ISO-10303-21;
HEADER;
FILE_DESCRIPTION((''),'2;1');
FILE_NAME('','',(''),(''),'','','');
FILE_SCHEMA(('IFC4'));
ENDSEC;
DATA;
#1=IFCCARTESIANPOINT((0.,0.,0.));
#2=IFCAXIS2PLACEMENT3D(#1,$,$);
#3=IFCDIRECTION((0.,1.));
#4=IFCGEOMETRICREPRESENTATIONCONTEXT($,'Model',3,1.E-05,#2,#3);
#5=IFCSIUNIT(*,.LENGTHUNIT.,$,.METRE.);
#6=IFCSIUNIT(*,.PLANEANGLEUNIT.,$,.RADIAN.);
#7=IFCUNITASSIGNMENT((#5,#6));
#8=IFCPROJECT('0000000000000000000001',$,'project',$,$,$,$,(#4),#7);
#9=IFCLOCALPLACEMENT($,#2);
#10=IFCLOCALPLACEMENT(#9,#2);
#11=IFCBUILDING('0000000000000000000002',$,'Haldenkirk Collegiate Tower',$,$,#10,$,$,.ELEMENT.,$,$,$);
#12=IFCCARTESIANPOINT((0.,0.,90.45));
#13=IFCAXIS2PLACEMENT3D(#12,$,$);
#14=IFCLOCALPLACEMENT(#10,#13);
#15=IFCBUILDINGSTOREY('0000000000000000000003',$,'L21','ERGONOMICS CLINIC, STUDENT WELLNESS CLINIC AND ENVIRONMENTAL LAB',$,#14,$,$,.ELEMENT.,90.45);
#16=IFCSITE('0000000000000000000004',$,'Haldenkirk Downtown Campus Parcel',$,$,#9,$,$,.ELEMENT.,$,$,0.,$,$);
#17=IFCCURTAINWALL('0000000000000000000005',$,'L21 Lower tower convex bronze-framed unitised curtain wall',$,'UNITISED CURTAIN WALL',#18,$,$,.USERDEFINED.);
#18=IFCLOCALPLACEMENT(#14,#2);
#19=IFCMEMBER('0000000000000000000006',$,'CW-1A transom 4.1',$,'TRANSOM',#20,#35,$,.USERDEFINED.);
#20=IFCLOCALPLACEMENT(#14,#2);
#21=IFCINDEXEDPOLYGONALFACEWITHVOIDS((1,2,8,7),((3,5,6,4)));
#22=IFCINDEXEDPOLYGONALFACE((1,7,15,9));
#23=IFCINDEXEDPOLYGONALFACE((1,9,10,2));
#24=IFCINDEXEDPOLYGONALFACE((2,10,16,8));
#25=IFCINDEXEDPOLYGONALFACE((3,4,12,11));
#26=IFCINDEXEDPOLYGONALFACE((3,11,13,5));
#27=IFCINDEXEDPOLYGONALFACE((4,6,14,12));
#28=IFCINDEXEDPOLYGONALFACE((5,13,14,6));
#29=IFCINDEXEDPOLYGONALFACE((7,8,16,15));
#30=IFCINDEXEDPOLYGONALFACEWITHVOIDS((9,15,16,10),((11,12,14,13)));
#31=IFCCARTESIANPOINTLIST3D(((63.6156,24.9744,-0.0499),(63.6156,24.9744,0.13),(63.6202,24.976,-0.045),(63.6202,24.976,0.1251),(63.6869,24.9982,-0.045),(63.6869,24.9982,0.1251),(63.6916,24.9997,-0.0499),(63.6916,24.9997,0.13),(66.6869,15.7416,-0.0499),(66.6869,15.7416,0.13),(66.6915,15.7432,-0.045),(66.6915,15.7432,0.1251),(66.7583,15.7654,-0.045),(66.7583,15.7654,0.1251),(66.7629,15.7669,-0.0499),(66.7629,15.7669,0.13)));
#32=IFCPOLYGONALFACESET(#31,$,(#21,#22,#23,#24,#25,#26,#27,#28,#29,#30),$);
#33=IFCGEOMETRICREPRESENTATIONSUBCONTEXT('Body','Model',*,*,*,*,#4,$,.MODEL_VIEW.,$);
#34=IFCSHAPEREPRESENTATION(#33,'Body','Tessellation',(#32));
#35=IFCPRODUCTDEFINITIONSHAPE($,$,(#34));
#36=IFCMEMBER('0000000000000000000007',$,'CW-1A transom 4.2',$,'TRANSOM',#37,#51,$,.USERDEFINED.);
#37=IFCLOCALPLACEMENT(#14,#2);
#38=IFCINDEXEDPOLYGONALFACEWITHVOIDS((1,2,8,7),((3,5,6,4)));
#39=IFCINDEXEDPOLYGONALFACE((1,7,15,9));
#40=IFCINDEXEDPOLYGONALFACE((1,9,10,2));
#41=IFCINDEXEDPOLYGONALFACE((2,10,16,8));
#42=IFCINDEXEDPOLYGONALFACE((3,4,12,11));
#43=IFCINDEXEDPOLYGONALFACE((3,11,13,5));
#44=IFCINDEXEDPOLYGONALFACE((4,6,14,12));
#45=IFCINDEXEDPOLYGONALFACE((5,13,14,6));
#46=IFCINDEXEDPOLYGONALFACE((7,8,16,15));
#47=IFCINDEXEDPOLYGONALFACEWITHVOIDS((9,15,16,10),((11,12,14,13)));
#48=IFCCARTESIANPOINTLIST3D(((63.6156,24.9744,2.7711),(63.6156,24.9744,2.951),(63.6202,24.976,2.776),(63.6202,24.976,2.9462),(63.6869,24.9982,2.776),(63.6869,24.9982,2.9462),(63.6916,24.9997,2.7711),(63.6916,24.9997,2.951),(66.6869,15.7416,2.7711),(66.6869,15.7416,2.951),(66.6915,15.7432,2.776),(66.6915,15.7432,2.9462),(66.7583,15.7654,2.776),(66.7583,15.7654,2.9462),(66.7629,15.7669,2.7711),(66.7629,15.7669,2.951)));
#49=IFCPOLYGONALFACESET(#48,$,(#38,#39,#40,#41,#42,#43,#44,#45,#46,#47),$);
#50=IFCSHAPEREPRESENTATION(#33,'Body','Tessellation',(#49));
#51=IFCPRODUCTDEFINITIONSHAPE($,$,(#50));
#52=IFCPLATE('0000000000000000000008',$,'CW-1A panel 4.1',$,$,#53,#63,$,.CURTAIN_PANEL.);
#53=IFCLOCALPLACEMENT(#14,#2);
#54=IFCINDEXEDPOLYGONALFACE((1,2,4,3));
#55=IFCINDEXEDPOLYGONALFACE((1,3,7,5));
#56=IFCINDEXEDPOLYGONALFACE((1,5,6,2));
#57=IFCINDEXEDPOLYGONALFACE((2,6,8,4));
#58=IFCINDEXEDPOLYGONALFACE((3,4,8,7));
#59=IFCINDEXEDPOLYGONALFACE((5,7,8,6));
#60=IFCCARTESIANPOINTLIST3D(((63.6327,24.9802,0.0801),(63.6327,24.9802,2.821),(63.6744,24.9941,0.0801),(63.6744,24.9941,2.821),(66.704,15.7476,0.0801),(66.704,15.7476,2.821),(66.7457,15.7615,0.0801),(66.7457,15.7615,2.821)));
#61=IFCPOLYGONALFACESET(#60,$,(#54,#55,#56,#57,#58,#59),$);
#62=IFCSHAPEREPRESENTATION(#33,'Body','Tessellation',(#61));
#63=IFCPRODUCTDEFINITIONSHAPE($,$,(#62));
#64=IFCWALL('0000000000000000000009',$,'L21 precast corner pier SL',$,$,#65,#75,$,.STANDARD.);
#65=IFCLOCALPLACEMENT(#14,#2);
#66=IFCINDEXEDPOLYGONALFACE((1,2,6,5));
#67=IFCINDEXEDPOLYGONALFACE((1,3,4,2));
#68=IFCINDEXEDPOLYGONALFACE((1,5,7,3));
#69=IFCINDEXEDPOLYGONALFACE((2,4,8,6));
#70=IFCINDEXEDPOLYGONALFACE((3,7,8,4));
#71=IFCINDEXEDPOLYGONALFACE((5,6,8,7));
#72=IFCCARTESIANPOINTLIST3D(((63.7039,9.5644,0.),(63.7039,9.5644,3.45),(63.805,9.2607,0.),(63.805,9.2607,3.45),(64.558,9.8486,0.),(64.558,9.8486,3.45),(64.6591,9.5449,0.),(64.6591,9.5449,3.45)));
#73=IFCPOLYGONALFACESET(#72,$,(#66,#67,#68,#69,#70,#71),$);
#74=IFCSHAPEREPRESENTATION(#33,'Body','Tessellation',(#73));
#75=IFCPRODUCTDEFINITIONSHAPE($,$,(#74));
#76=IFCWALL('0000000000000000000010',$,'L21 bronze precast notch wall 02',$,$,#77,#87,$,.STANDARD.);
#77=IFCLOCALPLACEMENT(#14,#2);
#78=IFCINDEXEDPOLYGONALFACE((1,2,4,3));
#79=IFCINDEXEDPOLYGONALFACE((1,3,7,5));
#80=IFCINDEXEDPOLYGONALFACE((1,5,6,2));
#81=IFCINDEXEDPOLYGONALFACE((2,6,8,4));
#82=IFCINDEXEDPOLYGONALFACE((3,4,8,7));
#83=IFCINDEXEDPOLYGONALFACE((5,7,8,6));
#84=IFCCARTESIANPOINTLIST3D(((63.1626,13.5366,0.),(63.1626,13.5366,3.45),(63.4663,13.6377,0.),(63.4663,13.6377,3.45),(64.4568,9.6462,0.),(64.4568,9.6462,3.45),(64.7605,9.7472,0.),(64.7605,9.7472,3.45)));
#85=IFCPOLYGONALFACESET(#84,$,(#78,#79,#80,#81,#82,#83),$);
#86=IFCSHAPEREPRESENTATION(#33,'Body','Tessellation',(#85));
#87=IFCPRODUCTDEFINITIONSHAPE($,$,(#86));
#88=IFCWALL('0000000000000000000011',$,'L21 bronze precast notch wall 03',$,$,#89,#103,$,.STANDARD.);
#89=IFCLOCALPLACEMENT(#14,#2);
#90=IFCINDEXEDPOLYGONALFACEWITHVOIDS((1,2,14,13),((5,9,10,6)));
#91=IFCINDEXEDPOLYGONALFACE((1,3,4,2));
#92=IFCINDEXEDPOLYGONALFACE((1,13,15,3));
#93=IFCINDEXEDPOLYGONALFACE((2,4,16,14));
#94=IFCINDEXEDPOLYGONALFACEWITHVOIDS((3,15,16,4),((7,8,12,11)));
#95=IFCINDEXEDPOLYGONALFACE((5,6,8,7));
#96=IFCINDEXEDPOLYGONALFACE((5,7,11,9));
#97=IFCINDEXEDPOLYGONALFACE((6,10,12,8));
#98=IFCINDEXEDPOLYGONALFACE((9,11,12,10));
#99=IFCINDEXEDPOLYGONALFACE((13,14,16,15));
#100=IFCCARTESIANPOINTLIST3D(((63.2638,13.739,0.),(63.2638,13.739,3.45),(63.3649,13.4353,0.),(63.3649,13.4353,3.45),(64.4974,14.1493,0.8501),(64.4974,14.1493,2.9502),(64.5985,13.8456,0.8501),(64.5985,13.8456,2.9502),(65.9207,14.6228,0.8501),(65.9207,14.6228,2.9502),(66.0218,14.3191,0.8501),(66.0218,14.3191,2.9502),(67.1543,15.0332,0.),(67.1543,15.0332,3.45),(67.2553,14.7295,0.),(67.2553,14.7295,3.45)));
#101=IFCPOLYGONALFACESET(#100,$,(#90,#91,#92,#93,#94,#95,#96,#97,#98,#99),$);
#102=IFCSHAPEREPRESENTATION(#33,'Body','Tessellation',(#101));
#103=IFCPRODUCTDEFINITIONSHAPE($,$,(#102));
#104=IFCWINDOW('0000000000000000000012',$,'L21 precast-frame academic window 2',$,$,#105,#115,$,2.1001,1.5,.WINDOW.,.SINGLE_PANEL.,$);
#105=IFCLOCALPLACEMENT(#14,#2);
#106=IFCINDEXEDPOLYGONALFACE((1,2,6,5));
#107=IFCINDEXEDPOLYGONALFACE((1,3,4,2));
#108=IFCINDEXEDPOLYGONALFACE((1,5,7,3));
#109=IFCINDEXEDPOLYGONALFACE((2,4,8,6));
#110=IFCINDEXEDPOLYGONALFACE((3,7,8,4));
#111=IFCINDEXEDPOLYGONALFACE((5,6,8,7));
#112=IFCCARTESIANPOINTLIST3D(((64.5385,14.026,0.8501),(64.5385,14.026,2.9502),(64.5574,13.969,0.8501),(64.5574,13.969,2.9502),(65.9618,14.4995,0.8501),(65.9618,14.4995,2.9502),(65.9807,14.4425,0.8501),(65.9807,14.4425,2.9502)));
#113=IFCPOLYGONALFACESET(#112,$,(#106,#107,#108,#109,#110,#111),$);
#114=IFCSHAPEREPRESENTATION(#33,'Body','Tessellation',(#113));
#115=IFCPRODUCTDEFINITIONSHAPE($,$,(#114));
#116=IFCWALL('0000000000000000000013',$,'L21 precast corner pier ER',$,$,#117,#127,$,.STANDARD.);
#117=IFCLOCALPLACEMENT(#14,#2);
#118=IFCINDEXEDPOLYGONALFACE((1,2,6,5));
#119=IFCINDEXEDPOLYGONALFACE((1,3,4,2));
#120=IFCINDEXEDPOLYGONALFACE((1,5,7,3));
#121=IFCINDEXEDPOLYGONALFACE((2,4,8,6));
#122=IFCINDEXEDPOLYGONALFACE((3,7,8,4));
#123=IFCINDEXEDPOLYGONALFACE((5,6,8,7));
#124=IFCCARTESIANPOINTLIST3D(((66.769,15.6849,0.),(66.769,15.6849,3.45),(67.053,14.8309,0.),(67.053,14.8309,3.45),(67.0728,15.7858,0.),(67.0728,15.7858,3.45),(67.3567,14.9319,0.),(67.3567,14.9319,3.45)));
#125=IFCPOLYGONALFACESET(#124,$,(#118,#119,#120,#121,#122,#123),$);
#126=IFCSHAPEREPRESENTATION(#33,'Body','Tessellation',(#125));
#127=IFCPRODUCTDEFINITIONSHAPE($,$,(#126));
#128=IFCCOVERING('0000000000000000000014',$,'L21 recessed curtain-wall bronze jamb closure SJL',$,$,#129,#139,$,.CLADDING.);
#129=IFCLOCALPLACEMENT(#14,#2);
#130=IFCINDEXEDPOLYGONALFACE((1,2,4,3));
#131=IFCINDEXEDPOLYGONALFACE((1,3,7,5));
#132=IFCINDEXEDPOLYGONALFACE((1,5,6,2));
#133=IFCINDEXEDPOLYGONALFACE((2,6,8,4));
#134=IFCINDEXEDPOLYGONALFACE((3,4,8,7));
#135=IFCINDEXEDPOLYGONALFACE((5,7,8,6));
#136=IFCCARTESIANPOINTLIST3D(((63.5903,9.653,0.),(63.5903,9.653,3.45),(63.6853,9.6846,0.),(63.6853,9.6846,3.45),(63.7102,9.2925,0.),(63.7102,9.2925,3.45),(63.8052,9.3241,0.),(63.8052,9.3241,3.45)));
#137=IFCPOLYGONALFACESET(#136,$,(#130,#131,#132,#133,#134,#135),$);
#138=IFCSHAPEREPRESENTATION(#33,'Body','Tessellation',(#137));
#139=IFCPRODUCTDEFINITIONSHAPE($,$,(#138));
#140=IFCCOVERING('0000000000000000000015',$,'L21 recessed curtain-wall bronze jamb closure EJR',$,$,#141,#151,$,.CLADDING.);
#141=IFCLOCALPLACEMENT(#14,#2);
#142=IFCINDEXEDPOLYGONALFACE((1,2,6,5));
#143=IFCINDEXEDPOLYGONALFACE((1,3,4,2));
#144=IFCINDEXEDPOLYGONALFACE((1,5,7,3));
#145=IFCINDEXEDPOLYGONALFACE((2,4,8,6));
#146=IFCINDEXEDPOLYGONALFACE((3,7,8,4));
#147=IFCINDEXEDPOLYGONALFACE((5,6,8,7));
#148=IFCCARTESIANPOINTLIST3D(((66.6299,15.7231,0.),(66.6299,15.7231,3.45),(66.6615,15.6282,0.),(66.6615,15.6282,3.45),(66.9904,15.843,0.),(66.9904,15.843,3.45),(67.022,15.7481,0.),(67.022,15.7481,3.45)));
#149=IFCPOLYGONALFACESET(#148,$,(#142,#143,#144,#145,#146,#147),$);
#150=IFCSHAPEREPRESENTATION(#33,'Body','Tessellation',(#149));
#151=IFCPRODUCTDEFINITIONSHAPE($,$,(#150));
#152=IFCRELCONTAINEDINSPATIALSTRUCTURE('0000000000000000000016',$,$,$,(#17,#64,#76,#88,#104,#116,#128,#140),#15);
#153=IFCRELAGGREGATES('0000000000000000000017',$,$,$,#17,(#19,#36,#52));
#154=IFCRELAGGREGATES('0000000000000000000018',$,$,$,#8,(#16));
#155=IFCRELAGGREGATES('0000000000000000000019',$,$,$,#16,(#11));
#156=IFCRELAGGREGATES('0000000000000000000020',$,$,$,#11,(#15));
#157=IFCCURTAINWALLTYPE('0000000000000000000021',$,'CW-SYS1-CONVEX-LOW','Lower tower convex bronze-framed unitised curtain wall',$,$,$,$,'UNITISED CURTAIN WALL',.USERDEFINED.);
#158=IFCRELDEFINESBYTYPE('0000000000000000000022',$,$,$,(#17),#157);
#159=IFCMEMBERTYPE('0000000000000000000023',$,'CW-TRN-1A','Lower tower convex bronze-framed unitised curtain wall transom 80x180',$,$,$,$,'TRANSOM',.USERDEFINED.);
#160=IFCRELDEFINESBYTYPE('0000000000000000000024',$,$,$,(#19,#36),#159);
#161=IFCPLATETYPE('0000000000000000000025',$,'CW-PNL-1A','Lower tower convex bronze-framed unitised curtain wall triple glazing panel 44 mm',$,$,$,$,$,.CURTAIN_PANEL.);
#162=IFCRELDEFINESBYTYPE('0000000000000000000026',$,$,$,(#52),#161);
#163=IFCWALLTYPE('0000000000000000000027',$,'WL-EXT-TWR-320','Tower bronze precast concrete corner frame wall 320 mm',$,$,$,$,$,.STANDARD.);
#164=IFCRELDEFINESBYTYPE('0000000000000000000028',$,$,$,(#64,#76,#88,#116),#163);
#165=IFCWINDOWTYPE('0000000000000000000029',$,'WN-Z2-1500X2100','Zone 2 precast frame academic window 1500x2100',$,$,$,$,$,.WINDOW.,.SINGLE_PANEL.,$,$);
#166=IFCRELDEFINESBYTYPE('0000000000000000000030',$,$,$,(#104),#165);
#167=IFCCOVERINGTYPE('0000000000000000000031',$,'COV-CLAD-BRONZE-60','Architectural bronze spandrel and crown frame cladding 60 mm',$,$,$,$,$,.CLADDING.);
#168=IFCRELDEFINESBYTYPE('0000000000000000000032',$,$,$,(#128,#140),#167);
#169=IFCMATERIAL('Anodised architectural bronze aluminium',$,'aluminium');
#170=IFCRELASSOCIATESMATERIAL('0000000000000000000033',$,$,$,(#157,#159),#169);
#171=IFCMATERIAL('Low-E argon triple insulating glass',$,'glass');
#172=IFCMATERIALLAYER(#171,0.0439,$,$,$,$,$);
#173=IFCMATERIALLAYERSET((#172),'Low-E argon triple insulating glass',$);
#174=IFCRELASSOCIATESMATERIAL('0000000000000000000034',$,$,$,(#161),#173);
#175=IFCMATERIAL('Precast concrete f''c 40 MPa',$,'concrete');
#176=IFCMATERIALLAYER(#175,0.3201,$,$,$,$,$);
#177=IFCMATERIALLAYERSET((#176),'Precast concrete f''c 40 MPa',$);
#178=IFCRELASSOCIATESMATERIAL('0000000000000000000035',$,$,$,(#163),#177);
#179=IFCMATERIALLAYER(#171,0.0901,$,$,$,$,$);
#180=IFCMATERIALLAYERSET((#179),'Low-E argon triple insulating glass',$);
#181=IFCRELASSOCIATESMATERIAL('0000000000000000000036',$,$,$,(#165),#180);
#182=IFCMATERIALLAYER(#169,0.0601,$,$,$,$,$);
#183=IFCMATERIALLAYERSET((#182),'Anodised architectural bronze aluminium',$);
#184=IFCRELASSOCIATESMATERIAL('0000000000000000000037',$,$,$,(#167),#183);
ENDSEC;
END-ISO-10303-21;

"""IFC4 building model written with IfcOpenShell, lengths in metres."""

from ifc_helpers import new_model, si_unit, direction, frame, frame_2d, origin, origin_2d, place, context, subcontext, project, spatial, rectangle, hollow_rectangle, extrude, source, transform, mapped, material, layer, layer_set, material_profile, profile_set, type_object, element, fill, aggregate, save


model = new_model("IFC4")

# Units and contexts
model_context = context("Model", 3, precision=1e-05, world=origin(), true_north=direction((0.0, 1.0)))
body_context = subcontext(model_context, "Body", "Model", "MODEL_VIEW")
ifc_project = project(units=[si_unit("LENGTHUNIT", "METRE"), si_unit("PLANEANGLEUNIT", "RADIAN")], contexts=[model_context])

# Site, building, storey
site_placement = place(None, origin())
site = spatial("IfcSite", under=ifc_project, at=site_placement, Name="Haldenkirk Downtown Campus Parcel", CompositionType="ELEMENT", RefElevation=0.0)
building_placement = place(site_placement, origin())
building = spatial("IfcBuilding", under=site, at=building_placement, Name="Haldenkirk Collegiate Tower", CompositionType="ELEMENT")
storey_placement = place(building_placement, frame((0.0, 0.0, 90.45)))
storey = spatial("IfcBuildingStorey", under=building, at=storey_placement, Name="L21", Description="ERGONOMICS CLINIC, STUDENT WELLNESS CLINIC AND ENVIRONMENTAL LAB", CompositionType="ELEMENT", Elevation=90.45)

# Curtain wall
ifc_material_1 = material(Name="Anodised architectural bronze aluminium", Category="aluminium")
curtain_wall_type_1 = type_object("IfcCurtainWallType", Name="CW-SYS1-CONVEX-LOW", Description="Lower tower convex bronze-framed unitised curtain wall", ElementType="UNITISED CURTAIN WALL", PredefinedType="USERDEFINED", material=ifc_material_1)
curtain_wall_1_placement = place(storey_placement, origin())
curtain_wall_1 = element("IfcCurtainWall", 1, at=curtain_wall_1_placement, inside=storey, type_object=curtain_wall_type_1, Name="L21 Lower tower convex bronze-framed unitised curtain wall", ObjectType="UNITISED CURTAIN WALL", PredefinedType="USERDEFINED")

# Members
ifc_material_profile_1 = material_profile(ifc_material_1, hollow_rectangle(XDim=0.0801, YDim=0.1799, WallThickness=0.0049, at=origin_2d()), Name="CW-TRN-1A")
ifc_profile_set_1 = profile_set([ifc_material_profile_1], Name="Anodised architectural bronze aluminium")
member_type_1 = type_object("IfcMemberType", Name="CW-TRN-1A", Description="Lower tower convex bronze-framed unitised curtain wall transom 80x180", ElementType="TRANSOM", PredefinedType="USERDEFINED", material=ifc_profile_set_1)
member_1_placement = place(storey_placement, frame((63.6536, 24.9871, 0.04), z_axis=(0.315648, -0.948876, 0.0), x_axis=(0.948876, 0.315648, 0.0)))
member_1 = element("IfcMember", 2, at=member_1_placement, type_object=member_type_1, Name="CW-1A transom 4.1", ObjectType="TRANSOM", PredefinedType="USERDEFINED", context=body_context, shape_type="SweptSolid", body=[
    extrude(hollow_rectangle(XDim=0.0801, YDim=0.1799, WallThickness=0.0049, at=origin_2d()), origin(), (0.0, 0.0, 1.0), 9.7302),
])
member_2_placement = place(storey_placement, frame((63.6536, 24.9871, 2.8611), z_axis=(0.315648, -0.948876, 0.0), x_axis=(0.948876, 0.315648, 0.0)))
member_2 = element("IfcMember", 3, at=member_2_placement, type_object=member_type_1, Name="CW-1A transom 4.2", ObjectType="TRANSOM", PredefinedType="USERDEFINED", context=body_context, shape_type="SweptSolid", body=[
    extrude(hollow_rectangle(XDim=0.0801, YDim=0.1799, WallThickness=0.0049, at=origin_2d()), origin(), (0.0, 0.0, 1.0), 9.7302),
])

# Plate
ifc_material_2 = material(Name="Low-E argon triple insulating glass", Category="glass")
ifc_layer_1 = layer(ifc_material_2, 0.0439)
ifc_layer_set_1 = layer_set([ifc_layer_1], Name="Low-E argon triple insulating glass")
plate_type = type_object("IfcPlateType", Name="CW-PNL-1A", Description="Lower tower convex bronze-framed unitised curtain wall triple glazing panel 44 mm", PredefinedType="CURTAIN_PANEL", material=ifc_layer_set_1)
shared_shape_1 = source(origin(), body_context, "Body", "SweptSolid", [
    extrude(rectangle(XDim=9.73, YDim=0.0439, at=origin_2d()), origin(), (0.0, 0.0, 1.0), 2.741),
])
plate_placement = place(storey_placement, frame((65.1892, 20.3708, 0.0801), z_axis=(0.0, 0.0, 1.0), x_axis=(0.315648, -0.948877, 0.0)))
plate = element("IfcPlate", 4, at=plate_placement, type_object=plate_type, Name="CW-1A panel 4.1", PredefinedType="CURTAIN_PANEL", context=body_context, shape_type="MappedRepresentation", body=[
    mapped(shared_shape_1, transform((0.0, 0.0, 0.0), x_axis=(1.0, 0.0, 0.0), y_axis=(0.0, 1.0, 0.0), z_axis=(0.0, 0.0, 1.0), scale=1.0)),
])
aggregate(curtain_wall_1, [member_1, member_2, plate])

# Walls
ifc_material_3 = material(Name="Precast concrete f'c 40 MPa", Category="concrete")
ifc_layer_2 = layer(ifc_material_3, 0.3201)
ifc_layer_set_2 = layer_set([ifc_layer_2], Name="Precast concrete f'c 40 MPa")
wall_type = type_object("IfcWallType", Name="WL-EXT-TWR-320", Description="Tower bronze precast concrete corner frame wall 320 mm", PredefinedType="STANDARD", material=ifc_layer_set_2)
wall_1_placement = place(storey_placement, frame((64.6086, 9.6968, 0.0), z_axis=(0.0, 0.0, 1.0), x_axis=(-0.948846, -0.315739, 0.0)))
element("IfcWall", 5, at=wall_1_placement, inside=storey, type_object=wall_type, Name="L21 precast corner pier SL", PredefinedType="STANDARD", context=body_context, shape_type="SweptSolid", body=[
    extrude(rectangle(XDim=0.9001, YDim=0.3201, at=frame_2d((0.4502, 0.0))), origin(), (0.0, 0.0, 1.0), 3.45),
])
wall_2_placement = place(storey_placement, frame((63.3145, 13.5872, 0.0), z_axis=(0.0, 0.0, 1.0), x_axis=(0.315656, -0.948874, 0.0)))
element("IfcWall", 6, at=wall_2_placement, inside=storey, type_object=wall_type, Name="L21 bronze precast notch wall 02", PredefinedType="STANDARD", context=body_context, shape_type="SweptSolid", body=[
    extrude(rectangle(XDim=4.1001, YDim=0.3201, at=frame_2d((2.05, 0.0))), origin(), (0.0, 0.0, 1.0), 3.45),
])

# Wall, opening, window
wall_3_placement = place(storey_placement, frame((67.2048, 14.8813, 0.0), z_axis=(0.0, 0.0, 1.0), x_axis=(-0.948874, -0.315656, 0.0)))
wall_3 = element("IfcWall", 7, at=wall_3_placement, inside=storey, type_object=wall_type, Name="L21 bronze precast notch wall 03", PredefinedType="STANDARD", context=body_context, shape_type="SweptSolid", body=[
    extrude(rectangle(XDim=4.1001, YDim=0.3201, at=frame_2d((2.05, 0.0))), origin(), (0.0, 0.0, 1.0), 3.45),
])
opening_placement = place(wall_3_placement, frame((1.3, 0.0, 0.8501)))
opening = element("IfcOpeningElement", 8, at=opening_placement, cuts=wall_3, PredefinedType="OPENING", context=body_context, shape_type="SweptSolid", body=[
    extrude(rectangle(XDim=1.5, YDim=2.1001, at=frame_2d((0.75, 1.05))), frame((0.0, 0.1699, 0.0), z_axis=(0.0, -1.0, 0.0), x_axis=(1.0, 0.0, 0.0)), (0.0, 0.0, 1.0), 0.3401),
])
ifc_layer_3 = layer(ifc_material_2, 0.0901)
ifc_layer_set_3 = layer_set([ifc_layer_3], Name="Low-E argon triple insulating glass")
window_type = type_object("IfcWindowType", Name="WN-Z2-1500X2100", Description="Zone 2 precast frame academic window 1500x2100", PartitioningType="SINGLE_PANEL", PredefinedType="WINDOW", material=ifc_layer_set_3)
window_placement = place(opening_placement, origin())
window = element("IfcWindow", 9, at=window_placement, inside=storey, type_object=window_type, Name="L21 precast-frame academic window 2", OverallHeight=2.1001, OverallWidth=1.5, PartitioningType="SINGLE_PANEL", PredefinedType="WINDOW", context=body_context, shape_type="SweptSolid", body=[
    extrude(rectangle(XDim=1.5, YDim=2.1001, at=frame_2d((0.75, 1.05))), frame((0.0, 0.03, 0.0), z_axis=(0.0, -1.0, 0.0), x_axis=(1.0, 0.0, 0.0)), (0.0, 0.0, 1.0), 0.0601),
])
fill(opening, window)

# Wall
wall_4_placement = place(storey_placement, frame((66.9209, 15.7354, 0.0), z_axis=(0.0, 0.0, 1.0), x_axis=(0.315495, -0.948927, 0.0)))
element("IfcWall", 10, at=wall_4_placement, inside=storey, type_object=wall_type, Name="L21 precast corner pier ER", PredefinedType="STANDARD", context=body_context, shape_type="SweptSolid", body=[
    extrude(rectangle(XDim=0.8999, YDim=0.3201, at=frame_2d((0.45, 0.0))), origin(), (0.0, 0.0, 1.0), 3.45),
])

# Coverings
ifc_layer_4 = layer(ifc_material_1, 0.0601)
ifc_layer_set_4 = layer_set([ifc_layer_4], Name="Anodised architectural bronze aluminium")
covering_type = type_object("IfcCoveringType", Name="COV-CLAD-BRONZE-60", Description="Architectural bronze spandrel and crown frame cladding 60 mm", PredefinedType="CLADDING", material=ifc_layer_set_4)
shared_shape_2 = source(origin(), body_context, "Body", "SweptSolid", [
    extrude(rectangle(XDim=0.1001, YDim=0.3799, at=origin_2d()), origin(), (0.0, 0.0, 1.0), 3.45),
])
for number, where, z_axis, x_axis, name in (
    (11, (63.6978, 9.4885, 0.0), (0.0, 0.0, 1.0), (-0.948876, -0.315649, 0.0), "L21 recessed curtain-wall bronze jamb closure SJL"),
    (12, (66.8259, 15.7356, 0.0), (0.0, 0.0, 1.0), (0.315649, -0.948876, 0.0), "L21 recessed curtain-wall bronze jamb closure EJR"),
):
    element("IfcCovering", number, at=place(storey_placement, frame(where, z_axis=z_axis, x_axis=x_axis)), inside=storey, type_object=covering_type, Name=name, PredefinedType="CLADDING", context=body_context, shape_type="MappedRepresentation", body=[
        mapped(shared_shape_2, transform((0.0, 0.0, 0.0), x_axis=(1.0, 0.0, 0.0), y_axis=(0.0, 1.0, 0.0), z_axis=(0.0, 0.0, 1.0), scale=1.0)),
    ])

save(model, "model.ifc")
